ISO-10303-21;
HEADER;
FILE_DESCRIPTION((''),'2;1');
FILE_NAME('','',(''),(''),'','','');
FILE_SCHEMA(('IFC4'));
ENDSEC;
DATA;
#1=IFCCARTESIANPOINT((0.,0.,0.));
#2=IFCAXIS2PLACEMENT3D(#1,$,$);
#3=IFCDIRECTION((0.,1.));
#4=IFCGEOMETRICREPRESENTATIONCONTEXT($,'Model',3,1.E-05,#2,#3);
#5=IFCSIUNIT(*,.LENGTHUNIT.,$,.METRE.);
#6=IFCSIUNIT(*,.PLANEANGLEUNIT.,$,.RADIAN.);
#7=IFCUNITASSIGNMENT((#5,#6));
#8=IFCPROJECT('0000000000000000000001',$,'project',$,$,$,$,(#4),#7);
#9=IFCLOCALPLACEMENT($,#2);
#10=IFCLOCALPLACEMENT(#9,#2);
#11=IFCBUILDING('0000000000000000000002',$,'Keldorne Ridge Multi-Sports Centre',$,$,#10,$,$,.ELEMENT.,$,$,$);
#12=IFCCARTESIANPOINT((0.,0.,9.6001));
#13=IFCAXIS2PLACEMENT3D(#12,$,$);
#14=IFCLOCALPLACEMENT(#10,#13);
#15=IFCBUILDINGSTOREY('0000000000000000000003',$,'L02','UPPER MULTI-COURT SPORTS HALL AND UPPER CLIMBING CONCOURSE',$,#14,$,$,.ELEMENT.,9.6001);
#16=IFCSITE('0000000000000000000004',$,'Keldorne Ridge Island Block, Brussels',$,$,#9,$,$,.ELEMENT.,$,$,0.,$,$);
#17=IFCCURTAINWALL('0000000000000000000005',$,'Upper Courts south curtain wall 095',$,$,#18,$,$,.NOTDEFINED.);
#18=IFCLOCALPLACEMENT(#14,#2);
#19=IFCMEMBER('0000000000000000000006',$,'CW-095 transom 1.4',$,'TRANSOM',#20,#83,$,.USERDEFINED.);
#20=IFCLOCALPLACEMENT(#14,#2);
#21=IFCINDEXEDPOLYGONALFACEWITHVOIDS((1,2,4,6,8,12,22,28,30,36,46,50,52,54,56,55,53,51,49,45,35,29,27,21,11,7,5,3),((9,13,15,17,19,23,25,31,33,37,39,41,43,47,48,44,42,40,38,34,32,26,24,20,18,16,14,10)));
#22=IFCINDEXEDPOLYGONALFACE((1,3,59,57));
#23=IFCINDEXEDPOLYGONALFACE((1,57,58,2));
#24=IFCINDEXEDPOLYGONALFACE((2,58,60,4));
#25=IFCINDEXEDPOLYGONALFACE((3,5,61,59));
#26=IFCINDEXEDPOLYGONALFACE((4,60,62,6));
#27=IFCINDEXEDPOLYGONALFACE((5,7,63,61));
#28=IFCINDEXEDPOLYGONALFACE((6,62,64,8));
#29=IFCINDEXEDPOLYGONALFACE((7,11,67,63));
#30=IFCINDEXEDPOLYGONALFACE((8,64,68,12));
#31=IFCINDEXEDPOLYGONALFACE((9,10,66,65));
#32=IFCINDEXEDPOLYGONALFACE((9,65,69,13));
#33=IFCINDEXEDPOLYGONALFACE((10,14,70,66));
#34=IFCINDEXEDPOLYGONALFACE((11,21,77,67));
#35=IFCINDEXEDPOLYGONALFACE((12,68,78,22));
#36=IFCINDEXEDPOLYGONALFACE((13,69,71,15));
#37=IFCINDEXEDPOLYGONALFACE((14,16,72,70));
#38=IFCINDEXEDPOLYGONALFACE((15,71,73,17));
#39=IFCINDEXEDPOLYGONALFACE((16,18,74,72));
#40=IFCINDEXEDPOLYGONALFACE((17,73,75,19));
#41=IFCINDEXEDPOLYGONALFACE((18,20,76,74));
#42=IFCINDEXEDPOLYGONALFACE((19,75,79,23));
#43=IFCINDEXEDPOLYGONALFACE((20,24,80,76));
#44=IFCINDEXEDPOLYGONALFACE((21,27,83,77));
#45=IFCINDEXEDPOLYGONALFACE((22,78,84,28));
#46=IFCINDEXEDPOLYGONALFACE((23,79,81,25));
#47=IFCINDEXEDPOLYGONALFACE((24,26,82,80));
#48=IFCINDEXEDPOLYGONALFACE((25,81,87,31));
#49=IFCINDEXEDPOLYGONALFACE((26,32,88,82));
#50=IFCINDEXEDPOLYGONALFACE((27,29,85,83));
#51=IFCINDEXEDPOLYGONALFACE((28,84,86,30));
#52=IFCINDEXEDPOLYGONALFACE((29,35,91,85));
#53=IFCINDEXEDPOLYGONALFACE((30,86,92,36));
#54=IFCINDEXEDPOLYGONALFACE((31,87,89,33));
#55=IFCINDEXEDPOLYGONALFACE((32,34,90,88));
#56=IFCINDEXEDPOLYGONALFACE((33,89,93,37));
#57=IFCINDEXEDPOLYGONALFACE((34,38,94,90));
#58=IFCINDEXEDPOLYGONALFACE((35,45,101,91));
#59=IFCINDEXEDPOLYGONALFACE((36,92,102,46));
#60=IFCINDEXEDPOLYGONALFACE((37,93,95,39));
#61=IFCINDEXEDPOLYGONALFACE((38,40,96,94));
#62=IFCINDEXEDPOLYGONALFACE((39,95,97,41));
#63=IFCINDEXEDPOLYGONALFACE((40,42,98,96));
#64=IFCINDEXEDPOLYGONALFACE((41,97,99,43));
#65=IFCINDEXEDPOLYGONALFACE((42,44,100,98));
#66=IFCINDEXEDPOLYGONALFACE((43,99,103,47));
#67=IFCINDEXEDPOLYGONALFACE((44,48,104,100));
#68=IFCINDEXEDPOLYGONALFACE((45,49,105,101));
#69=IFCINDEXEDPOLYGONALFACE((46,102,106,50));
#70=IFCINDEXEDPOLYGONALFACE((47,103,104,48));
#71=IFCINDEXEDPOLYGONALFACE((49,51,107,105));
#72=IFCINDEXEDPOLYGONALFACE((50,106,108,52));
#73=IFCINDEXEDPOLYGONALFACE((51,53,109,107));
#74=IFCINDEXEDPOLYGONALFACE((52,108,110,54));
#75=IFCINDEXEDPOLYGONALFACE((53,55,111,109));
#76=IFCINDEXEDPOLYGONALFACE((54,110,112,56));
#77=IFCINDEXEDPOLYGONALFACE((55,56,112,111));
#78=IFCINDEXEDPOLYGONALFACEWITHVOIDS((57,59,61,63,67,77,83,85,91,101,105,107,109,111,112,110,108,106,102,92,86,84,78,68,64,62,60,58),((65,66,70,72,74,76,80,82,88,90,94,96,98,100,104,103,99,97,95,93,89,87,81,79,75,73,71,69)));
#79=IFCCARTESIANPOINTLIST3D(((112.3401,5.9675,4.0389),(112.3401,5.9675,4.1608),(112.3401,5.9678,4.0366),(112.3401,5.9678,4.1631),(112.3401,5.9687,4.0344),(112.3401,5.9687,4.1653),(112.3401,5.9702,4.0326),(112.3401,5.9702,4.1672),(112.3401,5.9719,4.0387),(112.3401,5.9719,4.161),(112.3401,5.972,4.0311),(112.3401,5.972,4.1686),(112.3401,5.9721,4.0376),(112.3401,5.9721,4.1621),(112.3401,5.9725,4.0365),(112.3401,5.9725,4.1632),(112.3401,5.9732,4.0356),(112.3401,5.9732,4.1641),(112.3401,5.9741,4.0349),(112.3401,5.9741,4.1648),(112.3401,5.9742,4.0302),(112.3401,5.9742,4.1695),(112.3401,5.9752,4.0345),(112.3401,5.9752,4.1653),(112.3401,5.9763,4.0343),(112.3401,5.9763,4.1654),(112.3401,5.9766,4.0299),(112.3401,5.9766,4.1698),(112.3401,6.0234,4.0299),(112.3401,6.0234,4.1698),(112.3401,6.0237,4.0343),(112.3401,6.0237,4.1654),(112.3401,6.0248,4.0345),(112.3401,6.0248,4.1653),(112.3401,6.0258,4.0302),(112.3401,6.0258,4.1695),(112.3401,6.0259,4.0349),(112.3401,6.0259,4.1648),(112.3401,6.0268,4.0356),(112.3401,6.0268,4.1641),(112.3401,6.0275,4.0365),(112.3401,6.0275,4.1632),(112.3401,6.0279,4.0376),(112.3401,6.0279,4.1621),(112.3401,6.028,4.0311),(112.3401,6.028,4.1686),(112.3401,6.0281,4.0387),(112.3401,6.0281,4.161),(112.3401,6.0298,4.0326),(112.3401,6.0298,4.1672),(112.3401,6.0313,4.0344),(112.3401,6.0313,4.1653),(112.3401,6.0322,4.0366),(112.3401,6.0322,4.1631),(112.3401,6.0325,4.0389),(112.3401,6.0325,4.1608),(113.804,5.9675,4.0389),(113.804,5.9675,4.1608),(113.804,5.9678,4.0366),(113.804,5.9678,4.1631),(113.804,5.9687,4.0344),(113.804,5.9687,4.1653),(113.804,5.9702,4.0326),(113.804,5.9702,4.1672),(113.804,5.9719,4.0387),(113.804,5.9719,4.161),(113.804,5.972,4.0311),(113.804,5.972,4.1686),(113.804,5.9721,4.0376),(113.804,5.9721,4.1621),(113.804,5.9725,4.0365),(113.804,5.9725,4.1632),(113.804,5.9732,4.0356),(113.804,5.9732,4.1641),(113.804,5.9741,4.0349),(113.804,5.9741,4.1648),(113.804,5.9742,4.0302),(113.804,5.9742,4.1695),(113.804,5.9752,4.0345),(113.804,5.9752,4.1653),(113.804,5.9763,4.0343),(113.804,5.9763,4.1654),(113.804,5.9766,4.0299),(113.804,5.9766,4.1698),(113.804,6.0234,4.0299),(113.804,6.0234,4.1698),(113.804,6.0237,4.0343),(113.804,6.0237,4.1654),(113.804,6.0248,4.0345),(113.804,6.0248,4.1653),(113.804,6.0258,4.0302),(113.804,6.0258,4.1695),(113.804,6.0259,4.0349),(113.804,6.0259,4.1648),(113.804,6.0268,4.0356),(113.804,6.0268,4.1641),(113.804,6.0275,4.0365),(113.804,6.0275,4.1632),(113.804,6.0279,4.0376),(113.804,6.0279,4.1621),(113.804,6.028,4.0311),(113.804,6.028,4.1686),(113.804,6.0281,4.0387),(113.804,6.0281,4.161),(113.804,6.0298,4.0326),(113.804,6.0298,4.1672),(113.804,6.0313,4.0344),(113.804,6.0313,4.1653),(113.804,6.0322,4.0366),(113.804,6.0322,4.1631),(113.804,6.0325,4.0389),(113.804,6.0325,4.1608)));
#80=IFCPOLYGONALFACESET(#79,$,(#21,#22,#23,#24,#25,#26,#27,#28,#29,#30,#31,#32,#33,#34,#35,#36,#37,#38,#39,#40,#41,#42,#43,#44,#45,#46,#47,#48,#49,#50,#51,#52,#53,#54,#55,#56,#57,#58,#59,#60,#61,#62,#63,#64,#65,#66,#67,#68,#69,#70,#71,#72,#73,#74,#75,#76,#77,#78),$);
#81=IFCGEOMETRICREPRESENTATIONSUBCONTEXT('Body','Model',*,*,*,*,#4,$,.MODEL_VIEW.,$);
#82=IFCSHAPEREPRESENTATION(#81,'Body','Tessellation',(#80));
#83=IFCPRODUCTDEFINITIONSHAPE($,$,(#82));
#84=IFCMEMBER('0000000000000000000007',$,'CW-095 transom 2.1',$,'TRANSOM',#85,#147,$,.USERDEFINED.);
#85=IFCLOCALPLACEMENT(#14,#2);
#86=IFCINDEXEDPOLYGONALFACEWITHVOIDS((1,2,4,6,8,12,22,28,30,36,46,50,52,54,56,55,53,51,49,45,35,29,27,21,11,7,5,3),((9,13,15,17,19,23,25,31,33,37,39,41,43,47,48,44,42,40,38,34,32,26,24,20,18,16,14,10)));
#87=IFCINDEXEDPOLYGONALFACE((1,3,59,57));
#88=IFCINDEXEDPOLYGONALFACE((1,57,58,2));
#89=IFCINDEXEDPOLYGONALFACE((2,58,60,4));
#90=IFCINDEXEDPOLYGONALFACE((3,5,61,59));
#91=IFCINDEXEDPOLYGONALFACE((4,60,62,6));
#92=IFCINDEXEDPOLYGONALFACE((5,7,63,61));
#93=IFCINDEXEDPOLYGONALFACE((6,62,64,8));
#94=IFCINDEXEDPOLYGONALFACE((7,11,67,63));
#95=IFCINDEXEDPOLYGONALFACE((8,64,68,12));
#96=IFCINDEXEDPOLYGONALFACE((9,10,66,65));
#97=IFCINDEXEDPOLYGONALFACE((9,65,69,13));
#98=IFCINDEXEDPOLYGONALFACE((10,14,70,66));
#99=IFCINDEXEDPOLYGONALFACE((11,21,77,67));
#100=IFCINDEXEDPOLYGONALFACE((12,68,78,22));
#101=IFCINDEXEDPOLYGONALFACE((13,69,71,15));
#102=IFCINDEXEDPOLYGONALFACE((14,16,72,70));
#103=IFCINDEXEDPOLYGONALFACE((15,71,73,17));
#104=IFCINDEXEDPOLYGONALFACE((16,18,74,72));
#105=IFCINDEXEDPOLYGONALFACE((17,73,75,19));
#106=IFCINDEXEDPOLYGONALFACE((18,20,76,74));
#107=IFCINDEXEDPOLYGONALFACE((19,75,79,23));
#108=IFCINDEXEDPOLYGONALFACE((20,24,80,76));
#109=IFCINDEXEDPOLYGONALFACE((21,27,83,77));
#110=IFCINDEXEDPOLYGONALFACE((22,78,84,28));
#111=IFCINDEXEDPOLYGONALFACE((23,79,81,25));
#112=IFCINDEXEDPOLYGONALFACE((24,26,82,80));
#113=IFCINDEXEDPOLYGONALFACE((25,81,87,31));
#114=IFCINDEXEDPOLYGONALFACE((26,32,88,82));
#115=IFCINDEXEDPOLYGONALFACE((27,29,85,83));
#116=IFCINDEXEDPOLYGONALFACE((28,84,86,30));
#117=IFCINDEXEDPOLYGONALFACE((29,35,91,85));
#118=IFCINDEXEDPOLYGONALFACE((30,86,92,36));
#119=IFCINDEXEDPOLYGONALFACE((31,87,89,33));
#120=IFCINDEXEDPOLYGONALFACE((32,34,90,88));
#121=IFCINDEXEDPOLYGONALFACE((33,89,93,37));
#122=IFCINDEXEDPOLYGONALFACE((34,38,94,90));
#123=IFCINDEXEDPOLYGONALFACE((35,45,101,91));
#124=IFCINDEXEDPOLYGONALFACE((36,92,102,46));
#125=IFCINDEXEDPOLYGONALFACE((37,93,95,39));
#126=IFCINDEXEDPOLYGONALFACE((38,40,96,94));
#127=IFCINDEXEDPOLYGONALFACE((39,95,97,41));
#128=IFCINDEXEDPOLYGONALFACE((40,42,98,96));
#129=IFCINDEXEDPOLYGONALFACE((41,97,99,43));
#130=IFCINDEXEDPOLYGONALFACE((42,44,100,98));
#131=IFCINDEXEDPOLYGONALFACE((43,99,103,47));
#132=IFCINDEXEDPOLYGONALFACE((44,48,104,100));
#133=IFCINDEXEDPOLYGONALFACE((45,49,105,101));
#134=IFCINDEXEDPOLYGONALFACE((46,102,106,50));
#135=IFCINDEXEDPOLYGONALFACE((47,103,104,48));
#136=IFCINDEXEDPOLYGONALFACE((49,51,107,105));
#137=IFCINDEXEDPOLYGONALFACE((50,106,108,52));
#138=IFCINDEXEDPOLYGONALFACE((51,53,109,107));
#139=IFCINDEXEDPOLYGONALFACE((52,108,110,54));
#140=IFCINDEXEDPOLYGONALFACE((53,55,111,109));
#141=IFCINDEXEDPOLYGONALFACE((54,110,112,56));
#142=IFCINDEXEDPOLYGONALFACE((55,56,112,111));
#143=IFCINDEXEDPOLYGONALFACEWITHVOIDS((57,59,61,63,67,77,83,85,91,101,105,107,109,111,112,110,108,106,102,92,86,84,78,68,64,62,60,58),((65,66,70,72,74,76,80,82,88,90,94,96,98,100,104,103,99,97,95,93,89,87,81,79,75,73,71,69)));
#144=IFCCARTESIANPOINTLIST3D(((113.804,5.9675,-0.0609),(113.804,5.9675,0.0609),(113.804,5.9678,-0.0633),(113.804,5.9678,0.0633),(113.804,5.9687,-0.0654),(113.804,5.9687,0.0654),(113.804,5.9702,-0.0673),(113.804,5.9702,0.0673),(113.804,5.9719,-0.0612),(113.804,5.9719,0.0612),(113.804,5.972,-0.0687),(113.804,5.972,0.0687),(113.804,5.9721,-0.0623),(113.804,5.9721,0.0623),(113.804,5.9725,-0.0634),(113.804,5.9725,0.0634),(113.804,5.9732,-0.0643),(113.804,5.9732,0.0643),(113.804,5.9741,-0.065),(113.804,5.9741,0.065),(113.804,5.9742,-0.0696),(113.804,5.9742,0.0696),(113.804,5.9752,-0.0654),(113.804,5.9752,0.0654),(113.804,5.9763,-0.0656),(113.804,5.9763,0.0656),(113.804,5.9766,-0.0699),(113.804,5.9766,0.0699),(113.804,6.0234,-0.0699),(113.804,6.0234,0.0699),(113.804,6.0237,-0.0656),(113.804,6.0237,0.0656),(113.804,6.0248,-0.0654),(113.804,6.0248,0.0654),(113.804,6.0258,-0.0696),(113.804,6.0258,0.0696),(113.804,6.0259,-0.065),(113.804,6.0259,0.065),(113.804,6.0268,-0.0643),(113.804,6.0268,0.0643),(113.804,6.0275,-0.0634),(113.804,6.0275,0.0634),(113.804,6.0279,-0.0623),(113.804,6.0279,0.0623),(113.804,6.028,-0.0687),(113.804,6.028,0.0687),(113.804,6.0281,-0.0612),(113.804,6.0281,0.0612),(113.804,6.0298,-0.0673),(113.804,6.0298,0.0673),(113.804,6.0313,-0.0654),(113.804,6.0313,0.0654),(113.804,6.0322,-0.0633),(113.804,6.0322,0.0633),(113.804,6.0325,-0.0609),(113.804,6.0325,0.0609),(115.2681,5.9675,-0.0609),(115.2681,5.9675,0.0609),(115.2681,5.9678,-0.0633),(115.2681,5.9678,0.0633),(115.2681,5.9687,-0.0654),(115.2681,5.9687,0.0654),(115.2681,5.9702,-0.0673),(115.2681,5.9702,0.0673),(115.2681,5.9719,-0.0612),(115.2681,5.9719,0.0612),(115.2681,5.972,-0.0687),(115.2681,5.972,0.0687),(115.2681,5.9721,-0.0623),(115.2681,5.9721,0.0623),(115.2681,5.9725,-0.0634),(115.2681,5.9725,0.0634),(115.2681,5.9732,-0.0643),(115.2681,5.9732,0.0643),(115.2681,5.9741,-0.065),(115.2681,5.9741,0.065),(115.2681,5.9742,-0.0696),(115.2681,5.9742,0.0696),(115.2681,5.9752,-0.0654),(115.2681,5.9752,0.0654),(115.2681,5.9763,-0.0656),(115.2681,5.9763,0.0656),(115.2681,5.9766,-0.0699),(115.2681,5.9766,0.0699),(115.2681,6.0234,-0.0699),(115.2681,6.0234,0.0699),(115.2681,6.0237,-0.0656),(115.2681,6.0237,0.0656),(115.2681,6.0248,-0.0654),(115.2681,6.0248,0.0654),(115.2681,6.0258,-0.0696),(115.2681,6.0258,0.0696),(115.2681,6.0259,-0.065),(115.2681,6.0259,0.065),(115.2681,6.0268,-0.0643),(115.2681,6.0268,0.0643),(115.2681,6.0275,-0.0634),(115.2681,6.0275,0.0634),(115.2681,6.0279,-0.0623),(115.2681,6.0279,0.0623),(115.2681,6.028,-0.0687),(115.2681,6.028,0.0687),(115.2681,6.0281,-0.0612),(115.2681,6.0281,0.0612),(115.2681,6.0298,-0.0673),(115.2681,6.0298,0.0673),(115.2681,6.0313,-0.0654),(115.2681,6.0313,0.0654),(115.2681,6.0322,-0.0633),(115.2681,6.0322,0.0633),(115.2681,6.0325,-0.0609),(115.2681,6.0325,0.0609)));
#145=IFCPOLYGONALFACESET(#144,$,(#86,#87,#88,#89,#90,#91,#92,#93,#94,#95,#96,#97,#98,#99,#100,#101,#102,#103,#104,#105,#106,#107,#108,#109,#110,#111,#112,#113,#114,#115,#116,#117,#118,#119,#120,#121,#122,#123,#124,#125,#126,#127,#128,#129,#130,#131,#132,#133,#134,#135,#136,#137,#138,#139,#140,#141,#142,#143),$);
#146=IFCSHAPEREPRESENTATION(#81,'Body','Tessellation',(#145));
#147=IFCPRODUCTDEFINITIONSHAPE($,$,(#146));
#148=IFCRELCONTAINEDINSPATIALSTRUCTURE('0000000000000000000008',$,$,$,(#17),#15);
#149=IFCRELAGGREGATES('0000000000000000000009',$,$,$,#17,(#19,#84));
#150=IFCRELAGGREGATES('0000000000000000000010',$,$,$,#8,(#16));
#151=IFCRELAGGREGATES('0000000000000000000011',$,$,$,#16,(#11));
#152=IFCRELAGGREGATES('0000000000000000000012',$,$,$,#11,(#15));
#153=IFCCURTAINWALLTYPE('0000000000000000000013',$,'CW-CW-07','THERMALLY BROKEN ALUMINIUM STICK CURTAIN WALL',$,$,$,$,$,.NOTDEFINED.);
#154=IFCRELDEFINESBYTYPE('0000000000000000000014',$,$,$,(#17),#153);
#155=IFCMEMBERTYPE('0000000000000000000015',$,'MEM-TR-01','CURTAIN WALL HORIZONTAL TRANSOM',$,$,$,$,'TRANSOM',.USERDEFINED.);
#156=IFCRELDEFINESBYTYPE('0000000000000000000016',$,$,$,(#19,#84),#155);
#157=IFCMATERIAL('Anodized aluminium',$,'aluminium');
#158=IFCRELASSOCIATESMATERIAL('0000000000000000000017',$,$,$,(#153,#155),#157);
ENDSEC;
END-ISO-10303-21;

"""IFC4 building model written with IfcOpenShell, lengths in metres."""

from ifc_helpers import new_model, si_unit, direction, frame, origin, origin_2d, place, context, subcontext, project, spatial, hollow_rectangle, extrude, material, material_profile, profile_set, type_object, element, aggregate, save


model = new_model("IFC4")

# Units and contexts
model_context = context("Model", 3, precision=1e-05, world=origin(), true_north=direction((0.0, 1.0)))
body_context = subcontext(model_context, "Body", "Model", "MODEL_VIEW")
ifc_project = project(units=[si_unit("LENGTHUNIT", "METRE"), si_unit("PLANEANGLEUNIT", "RADIAN")], contexts=[model_context])

# Site, building, storey
site_placement = place(None, origin())
site = spatial("IfcSite", under=ifc_project, at=site_placement, Name="Keldorne Ridge Island Block, Brussels", CompositionType="ELEMENT", RefElevation=0.0)
building_placement = place(site_placement, origin())
building = spatial("IfcBuilding", under=site, at=building_placement, Name="Keldorne Ridge Multi-Sports Centre", CompositionType="ELEMENT")
storey_placement = place(building_placement, frame((0.0, 0.0, 9.6001)))
storey = spatial("IfcBuildingStorey", under=building, at=storey_placement, Name="L02", Description="UPPER MULTI-COURT SPORTS HALL AND UPPER CLIMBING CONCOURSE", CompositionType="ELEMENT", Elevation=9.6001)

# Curtain wall, members
ifc_material_1 = material(Name="Anodized aluminium", Category="aluminium")
curtain_wall_type = type_object("IfcCurtainWallType", Name="CW-CW-07", Description="THERMALLY BROKEN ALUMINIUM STICK CURTAIN WALL", PredefinedType="NOTDEFINED", material=ifc_material_1)
curtain_wall_placement = place(storey_placement, origin())
curtain_wall = element("IfcCurtainWall", 1, at=curtain_wall_placement, inside=storey, type_object=curtain_wall_type, Name="Upper Courts south curtain wall 095", PredefinedType="NOTDEFINED")
ifc_material_profile_1 = material_profile(ifc_material_1, hollow_rectangle(XDim=0.0649, YDim=0.1399, WallThickness=0.0044, InnerFilletRadius=0.0044, OuterFilletRadius=0.009, at=origin_2d()), Name="ALU TRANSOM 140x65x4.5")
ifc_profile_set_1 = profile_set([ifc_material_profile_1], Name="Anodized aluminium")
member_type_1 = type_object("IfcMemberType", Name="MEM-TR-01", Description="CURTAIN WALL HORIZONTAL TRANSOM", ElementType="TRANSOM", PredefinedType="USERDEFINED", material=ifc_profile_set_1)
member_1_placement = place(storey_placement, frame((112.3401, 6.0, 4.0999), z_axis=(1.0, 0.0, 0.0), x_axis=(0.0, 1.0, 0.0)))
member_1 = element("IfcMember", 2, at=member_1_placement, type_object=member_type_1, Name="CW-095 transom 1.4", ObjectType="TRANSOM", PredefinedType="USERDEFINED", context=body_context, shape_type="SweptSolid", body=[
    extrude(hollow_rectangle(XDim=0.0649, YDim=0.1399, WallThickness=0.0044, InnerFilletRadius=0.0044, OuterFilletRadius=0.009, at=origin_2d()), origin(), (0.0, 0.0, 1.0), 1.4639),
])
member_2_placement = place(storey_placement, frame((113.804, 6.0, 0.0), z_axis=(1.0, 0.0, 0.0), x_axis=(0.0, 1.0, 0.0)))
member_2 = element("IfcMember", 3, at=member_2_placement, type_object=member_type_1, Name="CW-095 transom 2.1", ObjectType="TRANSOM", PredefinedType="USERDEFINED", context=body_context, shape_type="SweptSolid", body=[
    extrude(hollow_rectangle(XDim=0.0649, YDim=0.1399, WallThickness=0.0044, InnerFilletRadius=0.0044, OuterFilletRadius=0.009, at=origin_2d()), origin(), (0.0, 0.0, 1.0), 1.4641),
])
aggregate(curtain_wall, [member_1, member_2])

save(model, "model.ifc")
